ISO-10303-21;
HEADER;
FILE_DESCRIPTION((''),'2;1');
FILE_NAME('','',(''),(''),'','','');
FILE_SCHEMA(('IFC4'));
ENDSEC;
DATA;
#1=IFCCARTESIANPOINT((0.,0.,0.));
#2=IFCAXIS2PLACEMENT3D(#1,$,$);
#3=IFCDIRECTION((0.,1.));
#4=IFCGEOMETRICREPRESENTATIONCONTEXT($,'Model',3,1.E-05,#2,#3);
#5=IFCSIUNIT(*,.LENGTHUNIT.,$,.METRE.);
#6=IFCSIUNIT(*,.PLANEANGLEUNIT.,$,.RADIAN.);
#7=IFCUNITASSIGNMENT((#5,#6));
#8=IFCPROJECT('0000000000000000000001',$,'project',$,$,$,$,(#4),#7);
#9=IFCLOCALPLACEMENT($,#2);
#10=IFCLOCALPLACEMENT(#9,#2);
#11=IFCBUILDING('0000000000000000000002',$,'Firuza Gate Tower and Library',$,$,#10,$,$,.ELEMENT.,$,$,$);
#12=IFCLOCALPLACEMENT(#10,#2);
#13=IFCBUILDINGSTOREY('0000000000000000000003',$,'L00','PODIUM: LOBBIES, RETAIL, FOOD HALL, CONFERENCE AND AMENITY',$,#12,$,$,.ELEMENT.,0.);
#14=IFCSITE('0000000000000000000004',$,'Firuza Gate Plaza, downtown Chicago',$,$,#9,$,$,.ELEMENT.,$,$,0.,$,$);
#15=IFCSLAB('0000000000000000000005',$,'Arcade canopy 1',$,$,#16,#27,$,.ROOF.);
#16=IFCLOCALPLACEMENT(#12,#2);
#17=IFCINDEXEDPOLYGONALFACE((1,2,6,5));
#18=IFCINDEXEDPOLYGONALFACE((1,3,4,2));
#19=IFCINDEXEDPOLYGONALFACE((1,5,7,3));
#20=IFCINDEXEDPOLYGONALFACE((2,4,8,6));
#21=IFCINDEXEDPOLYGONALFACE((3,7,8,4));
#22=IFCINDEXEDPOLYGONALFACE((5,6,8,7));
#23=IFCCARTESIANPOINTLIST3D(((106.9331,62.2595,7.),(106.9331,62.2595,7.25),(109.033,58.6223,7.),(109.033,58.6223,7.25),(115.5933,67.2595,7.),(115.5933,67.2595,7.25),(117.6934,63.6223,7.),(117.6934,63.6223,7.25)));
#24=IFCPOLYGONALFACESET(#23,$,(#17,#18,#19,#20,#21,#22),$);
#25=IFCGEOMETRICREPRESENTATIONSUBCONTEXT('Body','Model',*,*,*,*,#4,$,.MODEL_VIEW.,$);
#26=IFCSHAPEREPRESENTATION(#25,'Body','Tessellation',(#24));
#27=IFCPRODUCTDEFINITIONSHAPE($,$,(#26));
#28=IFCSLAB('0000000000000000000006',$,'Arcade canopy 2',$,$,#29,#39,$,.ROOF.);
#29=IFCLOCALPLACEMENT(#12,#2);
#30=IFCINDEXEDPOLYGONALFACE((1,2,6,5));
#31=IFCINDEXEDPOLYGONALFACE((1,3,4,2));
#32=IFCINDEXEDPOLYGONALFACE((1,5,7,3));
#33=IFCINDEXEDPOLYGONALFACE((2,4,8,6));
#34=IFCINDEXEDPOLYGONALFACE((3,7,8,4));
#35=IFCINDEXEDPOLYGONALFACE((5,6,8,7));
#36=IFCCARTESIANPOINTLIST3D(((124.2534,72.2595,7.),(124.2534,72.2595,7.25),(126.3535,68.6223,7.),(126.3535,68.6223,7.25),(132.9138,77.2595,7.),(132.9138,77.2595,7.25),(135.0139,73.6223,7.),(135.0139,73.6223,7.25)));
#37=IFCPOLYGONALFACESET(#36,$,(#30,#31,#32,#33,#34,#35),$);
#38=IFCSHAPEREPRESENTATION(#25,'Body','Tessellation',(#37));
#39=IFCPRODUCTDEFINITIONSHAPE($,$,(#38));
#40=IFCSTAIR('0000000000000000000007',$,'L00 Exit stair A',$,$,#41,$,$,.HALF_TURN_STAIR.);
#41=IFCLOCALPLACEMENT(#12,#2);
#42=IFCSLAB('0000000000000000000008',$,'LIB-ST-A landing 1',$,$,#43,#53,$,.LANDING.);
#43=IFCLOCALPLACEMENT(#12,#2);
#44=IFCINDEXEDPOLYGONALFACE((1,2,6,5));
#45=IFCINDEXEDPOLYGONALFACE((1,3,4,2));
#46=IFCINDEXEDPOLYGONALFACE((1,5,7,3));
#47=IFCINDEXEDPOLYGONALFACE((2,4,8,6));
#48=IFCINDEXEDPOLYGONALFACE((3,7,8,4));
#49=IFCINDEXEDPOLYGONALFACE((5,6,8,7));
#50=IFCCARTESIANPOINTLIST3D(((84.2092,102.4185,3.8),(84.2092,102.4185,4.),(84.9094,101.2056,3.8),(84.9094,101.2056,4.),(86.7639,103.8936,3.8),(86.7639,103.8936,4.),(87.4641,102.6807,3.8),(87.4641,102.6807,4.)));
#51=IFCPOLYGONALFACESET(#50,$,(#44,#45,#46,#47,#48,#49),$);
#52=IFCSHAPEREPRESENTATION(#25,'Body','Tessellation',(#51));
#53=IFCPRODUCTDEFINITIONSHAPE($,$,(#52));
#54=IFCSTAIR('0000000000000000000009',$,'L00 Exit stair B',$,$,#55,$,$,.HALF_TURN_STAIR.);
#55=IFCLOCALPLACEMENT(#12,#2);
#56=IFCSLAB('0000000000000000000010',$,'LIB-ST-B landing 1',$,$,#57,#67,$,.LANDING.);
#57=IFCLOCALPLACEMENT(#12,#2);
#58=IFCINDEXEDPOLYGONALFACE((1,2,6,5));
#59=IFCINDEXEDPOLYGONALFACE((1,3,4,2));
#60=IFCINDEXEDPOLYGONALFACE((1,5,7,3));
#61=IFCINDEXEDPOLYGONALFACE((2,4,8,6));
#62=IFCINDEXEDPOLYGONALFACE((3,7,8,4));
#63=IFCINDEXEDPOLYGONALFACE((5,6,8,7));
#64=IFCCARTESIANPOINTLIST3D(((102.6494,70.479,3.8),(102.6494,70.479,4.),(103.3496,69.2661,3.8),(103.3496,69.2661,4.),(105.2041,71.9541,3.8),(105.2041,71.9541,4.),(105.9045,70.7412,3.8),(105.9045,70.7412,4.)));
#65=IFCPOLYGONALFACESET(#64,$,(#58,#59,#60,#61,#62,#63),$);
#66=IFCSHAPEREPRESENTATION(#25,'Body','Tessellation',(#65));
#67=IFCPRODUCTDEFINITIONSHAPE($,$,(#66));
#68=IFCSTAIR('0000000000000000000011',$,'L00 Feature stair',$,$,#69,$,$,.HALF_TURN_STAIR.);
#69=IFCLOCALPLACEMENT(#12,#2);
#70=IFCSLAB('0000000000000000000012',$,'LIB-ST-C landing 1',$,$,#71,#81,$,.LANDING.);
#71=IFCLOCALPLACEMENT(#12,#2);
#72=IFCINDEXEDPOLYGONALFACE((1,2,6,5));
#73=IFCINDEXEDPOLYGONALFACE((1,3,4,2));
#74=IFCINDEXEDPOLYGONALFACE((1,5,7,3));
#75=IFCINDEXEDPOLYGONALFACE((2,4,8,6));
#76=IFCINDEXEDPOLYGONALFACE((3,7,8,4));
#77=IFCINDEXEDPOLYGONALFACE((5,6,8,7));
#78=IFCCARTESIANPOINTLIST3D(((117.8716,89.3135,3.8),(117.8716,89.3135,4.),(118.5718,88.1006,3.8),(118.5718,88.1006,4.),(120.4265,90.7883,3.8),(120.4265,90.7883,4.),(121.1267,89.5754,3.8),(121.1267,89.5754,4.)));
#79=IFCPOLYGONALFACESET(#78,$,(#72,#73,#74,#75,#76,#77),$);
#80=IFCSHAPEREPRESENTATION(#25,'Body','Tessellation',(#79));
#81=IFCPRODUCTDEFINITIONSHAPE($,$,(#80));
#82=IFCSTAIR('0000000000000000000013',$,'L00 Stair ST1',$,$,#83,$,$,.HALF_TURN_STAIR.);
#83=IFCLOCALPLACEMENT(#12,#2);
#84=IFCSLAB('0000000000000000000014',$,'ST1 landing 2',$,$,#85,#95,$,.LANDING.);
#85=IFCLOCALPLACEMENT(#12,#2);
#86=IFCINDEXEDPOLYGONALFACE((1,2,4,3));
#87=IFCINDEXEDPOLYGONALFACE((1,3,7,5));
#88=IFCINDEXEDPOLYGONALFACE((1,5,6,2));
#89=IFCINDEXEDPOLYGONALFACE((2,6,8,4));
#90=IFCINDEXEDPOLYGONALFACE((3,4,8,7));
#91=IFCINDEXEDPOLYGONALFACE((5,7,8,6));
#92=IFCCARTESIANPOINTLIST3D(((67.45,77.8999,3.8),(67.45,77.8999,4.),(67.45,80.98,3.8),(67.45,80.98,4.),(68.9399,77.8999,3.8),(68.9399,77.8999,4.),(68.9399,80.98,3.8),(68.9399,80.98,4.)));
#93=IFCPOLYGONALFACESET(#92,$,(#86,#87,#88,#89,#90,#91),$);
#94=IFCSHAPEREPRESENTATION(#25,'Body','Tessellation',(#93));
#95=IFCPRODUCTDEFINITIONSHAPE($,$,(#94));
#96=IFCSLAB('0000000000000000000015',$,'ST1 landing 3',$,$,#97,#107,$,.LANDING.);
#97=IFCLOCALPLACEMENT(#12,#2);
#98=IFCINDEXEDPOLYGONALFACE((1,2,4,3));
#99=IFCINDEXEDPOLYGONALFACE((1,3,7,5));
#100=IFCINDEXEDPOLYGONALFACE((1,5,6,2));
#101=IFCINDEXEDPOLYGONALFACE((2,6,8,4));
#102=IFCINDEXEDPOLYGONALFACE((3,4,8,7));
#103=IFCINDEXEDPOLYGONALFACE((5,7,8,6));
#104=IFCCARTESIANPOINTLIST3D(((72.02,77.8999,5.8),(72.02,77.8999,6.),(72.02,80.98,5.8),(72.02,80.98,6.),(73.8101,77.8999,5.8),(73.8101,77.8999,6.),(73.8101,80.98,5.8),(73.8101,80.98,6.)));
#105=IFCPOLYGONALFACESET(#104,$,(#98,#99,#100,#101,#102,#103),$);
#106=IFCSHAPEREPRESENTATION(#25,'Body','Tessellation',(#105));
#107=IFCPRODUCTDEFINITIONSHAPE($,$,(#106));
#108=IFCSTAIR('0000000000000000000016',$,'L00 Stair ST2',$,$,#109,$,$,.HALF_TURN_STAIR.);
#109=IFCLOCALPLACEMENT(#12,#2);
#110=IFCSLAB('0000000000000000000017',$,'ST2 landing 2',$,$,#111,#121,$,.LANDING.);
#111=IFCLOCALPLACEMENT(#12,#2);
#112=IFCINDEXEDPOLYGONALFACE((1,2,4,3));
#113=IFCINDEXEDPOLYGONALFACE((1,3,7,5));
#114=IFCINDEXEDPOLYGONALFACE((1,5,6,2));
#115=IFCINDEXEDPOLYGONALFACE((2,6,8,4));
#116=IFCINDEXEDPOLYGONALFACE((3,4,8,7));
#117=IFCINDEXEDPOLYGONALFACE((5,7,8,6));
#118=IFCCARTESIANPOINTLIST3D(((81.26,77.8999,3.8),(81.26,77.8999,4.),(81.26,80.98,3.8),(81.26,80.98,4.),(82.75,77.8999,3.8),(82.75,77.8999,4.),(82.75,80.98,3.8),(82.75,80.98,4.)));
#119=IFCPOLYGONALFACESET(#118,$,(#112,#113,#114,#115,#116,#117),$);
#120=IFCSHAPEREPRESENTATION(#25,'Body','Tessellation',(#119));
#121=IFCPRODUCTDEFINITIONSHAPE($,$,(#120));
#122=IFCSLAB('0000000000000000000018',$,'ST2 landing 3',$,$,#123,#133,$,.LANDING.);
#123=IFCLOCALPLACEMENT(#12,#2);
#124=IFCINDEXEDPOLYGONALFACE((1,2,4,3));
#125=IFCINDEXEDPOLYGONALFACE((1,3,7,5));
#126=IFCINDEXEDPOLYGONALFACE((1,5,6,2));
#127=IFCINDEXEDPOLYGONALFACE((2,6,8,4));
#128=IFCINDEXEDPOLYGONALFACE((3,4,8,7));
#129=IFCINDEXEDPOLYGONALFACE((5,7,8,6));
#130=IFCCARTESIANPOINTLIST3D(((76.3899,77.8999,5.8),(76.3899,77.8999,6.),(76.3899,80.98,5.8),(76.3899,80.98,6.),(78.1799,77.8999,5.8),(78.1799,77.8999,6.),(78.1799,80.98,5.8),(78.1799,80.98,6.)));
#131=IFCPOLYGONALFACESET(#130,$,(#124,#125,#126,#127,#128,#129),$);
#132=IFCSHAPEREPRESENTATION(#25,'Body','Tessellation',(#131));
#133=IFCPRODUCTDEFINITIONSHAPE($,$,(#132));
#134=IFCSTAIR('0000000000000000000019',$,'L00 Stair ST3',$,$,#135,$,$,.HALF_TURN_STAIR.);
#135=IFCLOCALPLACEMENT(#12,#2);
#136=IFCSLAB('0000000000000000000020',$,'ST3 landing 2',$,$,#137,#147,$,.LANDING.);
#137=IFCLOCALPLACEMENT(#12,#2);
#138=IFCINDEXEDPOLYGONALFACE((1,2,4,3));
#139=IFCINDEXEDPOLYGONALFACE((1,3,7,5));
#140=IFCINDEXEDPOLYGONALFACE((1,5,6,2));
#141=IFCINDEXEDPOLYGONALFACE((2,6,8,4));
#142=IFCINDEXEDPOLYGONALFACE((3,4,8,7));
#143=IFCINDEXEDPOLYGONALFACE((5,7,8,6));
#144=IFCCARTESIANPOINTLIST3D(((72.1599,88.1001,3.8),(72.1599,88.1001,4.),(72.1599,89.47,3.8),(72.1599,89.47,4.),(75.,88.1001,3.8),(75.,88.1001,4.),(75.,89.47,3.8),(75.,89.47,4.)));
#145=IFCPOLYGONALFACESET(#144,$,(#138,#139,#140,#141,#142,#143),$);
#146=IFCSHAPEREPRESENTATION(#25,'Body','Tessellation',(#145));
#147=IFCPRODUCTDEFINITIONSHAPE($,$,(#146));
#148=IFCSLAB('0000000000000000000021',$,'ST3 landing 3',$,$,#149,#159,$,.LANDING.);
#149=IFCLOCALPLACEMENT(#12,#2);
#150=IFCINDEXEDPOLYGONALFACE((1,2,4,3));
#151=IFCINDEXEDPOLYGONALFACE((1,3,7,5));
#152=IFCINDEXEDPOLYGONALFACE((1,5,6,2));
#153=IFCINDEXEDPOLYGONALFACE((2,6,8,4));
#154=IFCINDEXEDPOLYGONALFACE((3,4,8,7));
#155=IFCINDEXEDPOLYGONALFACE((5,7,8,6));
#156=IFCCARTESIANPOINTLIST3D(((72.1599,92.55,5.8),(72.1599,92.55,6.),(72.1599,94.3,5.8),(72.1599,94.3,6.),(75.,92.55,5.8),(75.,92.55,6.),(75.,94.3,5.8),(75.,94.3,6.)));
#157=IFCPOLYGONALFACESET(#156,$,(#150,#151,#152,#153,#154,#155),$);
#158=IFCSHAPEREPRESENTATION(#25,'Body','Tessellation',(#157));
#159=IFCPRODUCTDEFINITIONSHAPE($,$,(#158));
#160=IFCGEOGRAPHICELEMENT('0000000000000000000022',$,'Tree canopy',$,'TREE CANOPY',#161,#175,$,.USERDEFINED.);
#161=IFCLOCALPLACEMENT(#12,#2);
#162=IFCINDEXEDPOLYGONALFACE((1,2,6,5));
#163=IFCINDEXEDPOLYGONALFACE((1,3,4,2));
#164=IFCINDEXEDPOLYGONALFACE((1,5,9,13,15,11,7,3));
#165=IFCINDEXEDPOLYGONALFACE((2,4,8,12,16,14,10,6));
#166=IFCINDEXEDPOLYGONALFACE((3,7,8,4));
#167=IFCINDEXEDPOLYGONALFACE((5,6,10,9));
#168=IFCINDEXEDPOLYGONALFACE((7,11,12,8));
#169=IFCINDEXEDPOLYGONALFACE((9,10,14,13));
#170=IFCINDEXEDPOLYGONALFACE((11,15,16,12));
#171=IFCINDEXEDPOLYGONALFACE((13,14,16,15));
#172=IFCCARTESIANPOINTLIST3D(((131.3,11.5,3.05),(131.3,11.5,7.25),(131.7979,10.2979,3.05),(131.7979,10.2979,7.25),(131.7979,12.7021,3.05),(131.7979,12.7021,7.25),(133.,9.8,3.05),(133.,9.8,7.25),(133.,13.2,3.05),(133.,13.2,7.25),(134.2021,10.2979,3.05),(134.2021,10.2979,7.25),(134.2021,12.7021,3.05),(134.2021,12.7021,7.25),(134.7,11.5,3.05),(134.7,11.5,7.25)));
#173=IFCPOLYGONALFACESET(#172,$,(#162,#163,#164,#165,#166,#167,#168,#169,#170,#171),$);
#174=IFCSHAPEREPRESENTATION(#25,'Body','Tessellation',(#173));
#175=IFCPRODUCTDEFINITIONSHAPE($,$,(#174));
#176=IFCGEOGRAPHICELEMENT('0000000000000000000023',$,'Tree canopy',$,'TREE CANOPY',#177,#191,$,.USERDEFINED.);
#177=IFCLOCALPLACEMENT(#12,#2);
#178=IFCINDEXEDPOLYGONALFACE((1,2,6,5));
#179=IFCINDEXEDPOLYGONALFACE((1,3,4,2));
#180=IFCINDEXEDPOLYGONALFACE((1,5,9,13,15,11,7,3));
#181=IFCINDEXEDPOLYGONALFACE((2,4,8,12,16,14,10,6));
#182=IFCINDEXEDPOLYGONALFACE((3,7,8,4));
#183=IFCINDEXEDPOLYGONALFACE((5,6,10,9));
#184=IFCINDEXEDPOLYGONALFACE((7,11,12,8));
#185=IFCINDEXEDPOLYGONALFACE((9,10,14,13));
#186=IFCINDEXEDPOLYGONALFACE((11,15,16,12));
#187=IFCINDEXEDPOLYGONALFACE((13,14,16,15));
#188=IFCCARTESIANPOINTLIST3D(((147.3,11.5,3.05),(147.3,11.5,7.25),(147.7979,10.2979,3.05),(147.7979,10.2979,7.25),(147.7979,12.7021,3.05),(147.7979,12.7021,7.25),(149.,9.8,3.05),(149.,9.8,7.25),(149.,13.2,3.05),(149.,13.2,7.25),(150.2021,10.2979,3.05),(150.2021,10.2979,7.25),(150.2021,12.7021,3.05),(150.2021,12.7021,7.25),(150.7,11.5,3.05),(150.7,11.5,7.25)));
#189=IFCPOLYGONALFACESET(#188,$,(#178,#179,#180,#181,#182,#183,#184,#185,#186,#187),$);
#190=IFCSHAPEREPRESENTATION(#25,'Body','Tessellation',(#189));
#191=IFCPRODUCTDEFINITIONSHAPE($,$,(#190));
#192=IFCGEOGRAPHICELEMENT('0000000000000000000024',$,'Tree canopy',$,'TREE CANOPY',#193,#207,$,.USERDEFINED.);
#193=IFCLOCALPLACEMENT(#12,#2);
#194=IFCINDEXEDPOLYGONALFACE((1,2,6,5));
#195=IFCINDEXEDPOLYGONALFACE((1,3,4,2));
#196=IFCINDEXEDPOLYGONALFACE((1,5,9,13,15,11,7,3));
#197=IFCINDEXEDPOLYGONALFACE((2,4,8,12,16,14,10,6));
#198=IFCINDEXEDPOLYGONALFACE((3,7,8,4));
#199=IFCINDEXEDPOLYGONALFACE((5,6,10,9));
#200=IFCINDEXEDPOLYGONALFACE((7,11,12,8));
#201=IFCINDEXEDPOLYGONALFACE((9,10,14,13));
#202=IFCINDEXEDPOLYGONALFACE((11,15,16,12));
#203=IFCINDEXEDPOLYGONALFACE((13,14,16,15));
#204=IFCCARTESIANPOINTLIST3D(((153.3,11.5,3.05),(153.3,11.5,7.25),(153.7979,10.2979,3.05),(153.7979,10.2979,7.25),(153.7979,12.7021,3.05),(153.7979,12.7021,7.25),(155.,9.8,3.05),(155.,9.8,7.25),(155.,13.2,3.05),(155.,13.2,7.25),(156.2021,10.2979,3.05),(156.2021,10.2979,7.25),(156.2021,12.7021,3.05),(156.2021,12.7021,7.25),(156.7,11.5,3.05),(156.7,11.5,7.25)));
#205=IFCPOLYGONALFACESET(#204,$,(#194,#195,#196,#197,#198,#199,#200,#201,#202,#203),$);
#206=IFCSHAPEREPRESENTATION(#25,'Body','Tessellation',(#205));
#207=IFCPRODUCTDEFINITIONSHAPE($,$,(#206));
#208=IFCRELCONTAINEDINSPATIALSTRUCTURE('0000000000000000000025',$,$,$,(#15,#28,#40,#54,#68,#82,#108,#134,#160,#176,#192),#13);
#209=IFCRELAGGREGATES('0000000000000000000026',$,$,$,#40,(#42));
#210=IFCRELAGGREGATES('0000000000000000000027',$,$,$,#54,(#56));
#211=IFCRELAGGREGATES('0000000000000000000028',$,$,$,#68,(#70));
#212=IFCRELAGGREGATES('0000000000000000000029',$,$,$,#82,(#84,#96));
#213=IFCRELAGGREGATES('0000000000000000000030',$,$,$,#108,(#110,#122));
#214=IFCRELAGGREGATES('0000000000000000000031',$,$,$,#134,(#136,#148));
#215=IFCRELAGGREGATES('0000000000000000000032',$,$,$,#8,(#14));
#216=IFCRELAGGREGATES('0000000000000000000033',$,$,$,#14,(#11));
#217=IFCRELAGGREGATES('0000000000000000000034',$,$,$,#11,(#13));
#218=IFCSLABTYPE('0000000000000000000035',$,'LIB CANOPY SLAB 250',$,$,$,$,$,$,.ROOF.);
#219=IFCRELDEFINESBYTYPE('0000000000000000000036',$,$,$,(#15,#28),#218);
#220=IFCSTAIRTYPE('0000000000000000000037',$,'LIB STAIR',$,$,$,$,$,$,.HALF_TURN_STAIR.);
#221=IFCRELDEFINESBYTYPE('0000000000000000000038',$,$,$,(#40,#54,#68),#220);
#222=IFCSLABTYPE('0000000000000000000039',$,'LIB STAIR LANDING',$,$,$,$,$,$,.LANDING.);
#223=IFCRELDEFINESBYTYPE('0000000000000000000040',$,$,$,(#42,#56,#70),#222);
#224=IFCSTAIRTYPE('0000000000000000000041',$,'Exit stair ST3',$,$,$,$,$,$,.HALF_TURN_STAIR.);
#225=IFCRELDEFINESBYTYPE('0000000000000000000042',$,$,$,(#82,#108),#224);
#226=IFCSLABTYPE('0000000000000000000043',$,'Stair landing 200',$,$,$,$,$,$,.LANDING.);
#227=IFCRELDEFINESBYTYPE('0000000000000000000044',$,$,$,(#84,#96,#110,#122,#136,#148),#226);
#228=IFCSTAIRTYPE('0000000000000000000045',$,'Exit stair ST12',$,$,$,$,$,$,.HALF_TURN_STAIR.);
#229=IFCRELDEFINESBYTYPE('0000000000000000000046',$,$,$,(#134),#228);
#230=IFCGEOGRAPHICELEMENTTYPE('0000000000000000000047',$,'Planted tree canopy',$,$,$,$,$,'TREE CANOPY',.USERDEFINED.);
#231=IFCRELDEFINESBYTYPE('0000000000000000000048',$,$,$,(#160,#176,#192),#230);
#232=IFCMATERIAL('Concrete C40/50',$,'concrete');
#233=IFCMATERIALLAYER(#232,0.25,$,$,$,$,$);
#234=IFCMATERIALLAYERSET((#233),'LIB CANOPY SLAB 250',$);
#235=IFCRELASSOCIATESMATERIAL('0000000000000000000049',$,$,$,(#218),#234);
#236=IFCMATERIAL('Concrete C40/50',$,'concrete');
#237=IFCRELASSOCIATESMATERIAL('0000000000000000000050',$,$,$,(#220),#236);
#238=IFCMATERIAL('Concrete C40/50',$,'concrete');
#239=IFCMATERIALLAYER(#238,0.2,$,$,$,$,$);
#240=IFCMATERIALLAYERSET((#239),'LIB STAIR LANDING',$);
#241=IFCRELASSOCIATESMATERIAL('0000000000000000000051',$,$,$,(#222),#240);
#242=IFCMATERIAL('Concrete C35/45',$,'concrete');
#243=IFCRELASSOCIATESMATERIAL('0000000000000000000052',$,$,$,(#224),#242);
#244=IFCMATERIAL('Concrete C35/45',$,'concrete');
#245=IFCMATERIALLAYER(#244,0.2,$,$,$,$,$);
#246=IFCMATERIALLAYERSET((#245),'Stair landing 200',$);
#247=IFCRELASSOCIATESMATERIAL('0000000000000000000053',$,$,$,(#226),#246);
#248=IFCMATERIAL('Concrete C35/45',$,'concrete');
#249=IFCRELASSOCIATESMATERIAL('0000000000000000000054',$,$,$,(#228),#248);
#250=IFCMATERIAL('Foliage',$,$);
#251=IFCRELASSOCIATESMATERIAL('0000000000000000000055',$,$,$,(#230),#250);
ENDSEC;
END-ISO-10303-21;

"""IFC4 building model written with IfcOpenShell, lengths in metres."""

from ifc_helpers import new_model, si_unit, direction, frame, origin, place, context, subcontext, project, spatial, polyline, outline, extrude, material, layer, layer_set, type_object, element, aggregate, save


model = new_model("IFC4")

# Units and contexts
model_context = context("Model", 3, precision=1e-05, world=origin(), true_north=direction((0.0, 1.0)))
body_context = subcontext(model_context, "Body", "Model", "MODEL_VIEW")
ifc_project = project(units=[si_unit("LENGTHUNIT", "METRE"), si_unit("PLANEANGLEUNIT", "RADIAN")], contexts=[model_context])

# Site, building, storey
site_placement = place(None, origin())
site = spatial("IfcSite", under=ifc_project, at=site_placement, Name="Firuza Gate Plaza, downtown Chicago", CompositionType="ELEMENT", RefElevation=0.0)
building_placement = place(site_placement, origin())
building = spatial("IfcBuilding", under=site, at=building_placement, Name="Firuza Gate Tower and Library", CompositionType="ELEMENT")
storey_placement = place(building_placement, origin())
storey = spatial("IfcBuildingStorey", under=building, at=storey_placement, Name="L00", Description="PODIUM: LOBBIES, RETAIL, FOOD HALL, CONFERENCE AND AMENITY", CompositionType="ELEMENT", Elevation=0.0)

# Slabs
ifc_material_1 = material(Name="Concrete C40/50", Category="concrete")
ifc_layer_1 = layer(ifc_material_1, 0.25)
ifc_layer_set_1 = layer_set([ifc_layer_1], Name="LIB CANOPY SLAB 250")
slab_type_1 = type_object("IfcSlabType", Name="LIB CANOPY SLAB 250", PredefinedType="ROOF", material=ifc_layer_set_1)
placement_1 = place(storey_placement, frame((0.0, 0.0, 7.0)))
element("IfcSlab", 1, at=placement_1, inside=storey, type_object=slab_type_1, Name="Arcade canopy 1", PredefinedType="ROOF", context=body_context, shape_type="SweptSolid", body=[
    extrude(outline(polyline([(117.6934, 63.6223), (115.5933, 67.2595), (106.9331, 62.2595), (109.033, 58.6223), (117.6934, 63.6223)])), origin(), (0.0, 0.0, 1.0), 0.25),
])
element("IfcSlab", 2, at=placement_1, inside=storey, type_object=slab_type_1, Name="Arcade canopy 2", PredefinedType="ROOF", context=body_context, shape_type="SweptSolid", body=[
    extrude(outline(polyline([(135.0139, 73.6223), (132.9138, 77.2595), (124.2534, 72.2595), (126.3535, 68.6223), (135.0139, 73.6223)])), origin(), (0.0, 0.0, 1.0), 0.25),
])

# Stairs, slabs
ifc_material_2 = material(Name="Concrete C40/50", Category="concrete")
stair_type_1 = type_object("IfcStairType", Name="LIB STAIR", PredefinedType="HALF_TURN_STAIR", material=ifc_material_2)
placement_2 = place(storey_placement, origin())
stair_1 = element("IfcStair", 3, at=placement_2, inside=storey, type_object=stair_type_1, Name="L00 Exit stair A", PredefinedType="HALF_TURN_STAIR")
ifc_material_3 = material(Name="Concrete C40/50", Category="concrete")
ifc_layer_2 = layer(ifc_material_3, 0.2)
ifc_layer_set_2 = layer_set([ifc_layer_2], Name="LIB STAIR LANDING")
slab_type_2 = type_object("IfcSlabType", Name="LIB STAIR LANDING", PredefinedType="LANDING", material=ifc_layer_set_2)
placement_3 = place(storey_placement, frame((0.0, 0.0, 3.8)))
slab_1 = element("IfcSlab", 4, at=placement_3, type_object=slab_type_2, Name="LIB-ST-A landing 1", PredefinedType="LANDING", context=body_context, shape_type="SweptSolid", body=[
    extrude(outline(polyline([(84.2092, 102.4185), (84.9094, 101.2056), (87.4641, 102.6807), (86.7639, 103.8936), (84.2092, 102.4185)])), origin(), (0.0, 0.0, 1.0), 0.2),
])
aggregate(stair_1, [slab_1])
stair_2 = element("IfcStair", 5, at=placement_2, inside=storey, type_object=stair_type_1, Name="L00 Exit stair B", PredefinedType="HALF_TURN_STAIR")
slab_2 = element("IfcSlab", 6, at=placement_3, type_object=slab_type_2, Name="LIB-ST-B landing 1", PredefinedType="LANDING", context=body_context, shape_type="SweptSolid", body=[
    extrude(outline(polyline([(105.9045, 70.7412), (105.2041, 71.9541), (102.6494, 70.479), (103.3496, 69.2661), (105.9045, 70.7412)])), origin(), (0.0, 0.0, 1.0), 0.2),
])
aggregate(stair_2, [slab_2])
stair_3 = element("IfcStair", 7, at=placement_2, inside=storey, type_object=stair_type_1, Name="L00 Feature stair", PredefinedType="HALF_TURN_STAIR")
slab_3 = element("IfcSlab", 8, at=placement_3, type_object=slab_type_2, Name="LIB-ST-C landing 1", PredefinedType="LANDING", context=body_context, shape_type="SweptSolid", body=[
    extrude(outline(polyline([(121.1267, 89.5754), (120.4265, 90.7883), (117.8716, 89.3135), (118.5718, 88.1006), (121.1267, 89.5754)])), origin(), (0.0, 0.0, 1.0), 0.2),
])
aggregate(stair_3, [slab_3])

# Stairs, slabs
ifc_material_4 = material(Name="Concrete C35/45", Category="concrete")
stair_type_2 = type_object("IfcStairType", Name="Exit stair ST3", PredefinedType="HALF_TURN_STAIR", material=ifc_material_4)
stair_4 = element("IfcStair", 9, at=placement_2, inside=storey, type_object=stair_type_2, Name="L00 Stair ST1", PredefinedType="HALF_TURN_STAIR")
ifc_material_5 = material(Name="Concrete C35/45", Category="concrete")
ifc_layer_3 = layer(ifc_material_5, 0.2)
ifc_layer_set_3 = layer_set([ifc_layer_3], Name="Stair landing 200")
slab_type_3 = type_object("IfcSlabType", Name="Stair landing 200", PredefinedType="LANDING", material=ifc_layer_set_3)
slab_4 = element("IfcSlab", 10, at=placement_3, type_object=slab_type_3, Name="ST1 landing 2", PredefinedType="LANDING", context=body_context, shape_type="SweptSolid", body=[
    extrude(outline(polyline([(67.45, 77.8999), (68.9399, 77.8999), (68.9399, 80.98), (67.45, 80.98), (67.45, 77.8999)])), origin(), (0.0, 0.0, 1.0), 0.2),
])
placement_4 = place(storey_placement, frame((0.0, 0.0, 5.8)))
slab_5 = element("IfcSlab", 11, at=placement_4, type_object=slab_type_3, Name="ST1 landing 3", PredefinedType="LANDING", context=body_context, shape_type="SweptSolid", body=[
    extrude(outline(polyline([(72.02, 77.8999), (73.8101, 77.8999), (73.8101, 80.98), (72.02, 80.98), (72.02, 77.8999)])), origin(), (0.0, 0.0, 1.0), 0.2),
])
aggregate(stair_4, [slab_4, slab_5])
stair_5 = element("IfcStair", 12, at=placement_2, inside=storey, type_object=stair_type_2, Name="L00 Stair ST2", PredefinedType="HALF_TURN_STAIR")
slab_6 = element("IfcSlab", 13, at=placement_3, type_object=slab_type_3, Name="ST2 landing 2", PredefinedType="LANDING", context=body_context, shape_type="SweptSolid", body=[
    extrude(outline(polyline([(82.75, 80.98), (81.26, 80.98), (81.26, 77.8999), (82.75, 77.8999), (82.75, 80.98)])), origin(), (0.0, 0.0, 1.0), 0.2),
])
slab_7 = element("IfcSlab", 14, at=placement_4, type_object=slab_type_3, Name="ST2 landing 3", PredefinedType="LANDING", context=body_context, shape_type="SweptSolid", body=[
    extrude(outline(polyline([(78.1799, 80.98), (76.3899, 80.98), (76.3899, 77.8999), (78.1799, 77.8999), (78.1799, 80.98)])), origin(), (0.0, 0.0, 1.0), 0.2),
])
aggregate(stair_5, [slab_6, slab_7])
ifc_material_6 = material(Name="Concrete C35/45", Category="concrete")
stair_type_3 = type_object("IfcStairType", Name="Exit stair ST12", PredefinedType="HALF_TURN_STAIR", material=ifc_material_6)
stair_6 = element("IfcStair", 15, at=placement_2, inside=storey, type_object=stair_type_3, Name="L00 Stair ST3", PredefinedType="HALF_TURN_STAIR")
slab_8 = element("IfcSlab", 16, at=placement_3, type_object=slab_type_3, Name="ST3 landing 2", PredefinedType="LANDING", context=body_context, shape_type="SweptSolid", body=[
    extrude(outline(polyline([(75.0, 88.1001), (75.0, 89.47), (72.1599, 89.47), (72.1599, 88.1001), (75.0, 88.1001)])), origin(), (0.0, 0.0, 1.0), 0.2),
])
slab_9 = element("IfcSlab", 17, at=placement_4, type_object=slab_type_3, Name="ST3 landing 3", PredefinedType="LANDING", context=body_context, shape_type="SweptSolid", body=[
    extrude(outline(polyline([(75.0, 92.55), (75.0, 94.3), (72.1599, 94.3), (72.1599, 92.55), (75.0, 92.55)])), origin(), (0.0, 0.0, 1.0), 0.2),
])
aggregate(stair_6, [slab_8, slab_9])

# Geographic elements
ifc_material_7 = material(Name="Foliage")
geographic_element_type = type_object("IfcGeographicElementType", Name="Planted tree canopy", ElementType="TREE CANOPY", PredefinedType="USERDEFINED", material=ifc_material_7)
placement_5 = place(storey_placement, frame((0.0, 0.0, 3.05)))
element("IfcGeographicElement", 18, at=placement_5, inside=storey, type_object=geographic_element_type, Name="Tree canopy", ObjectType="TREE CANOPY", PredefinedType="USERDEFINED", context=body_context, shape_type="SweptSolid", body=[
    extrude(outline(polyline([(134.7, 11.5), (134.2021, 12.7021), (133.0, 13.2), (131.7979, 12.7021), (131.3, 11.5), (131.7979, 10.2979), (133.0, 9.8), (134.2021, 10.2979), (134.7, 11.5)])), origin(), (0.0, 0.0, 1.0), 4.2),
])
element("IfcGeographicElement", 19, at=placement_5, inside=storey, type_object=geographic_element_type, Name="Tree canopy", ObjectType="TREE CANOPY", PredefinedType="USERDEFINED", context=body_context, shape_type="SweptSolid", body=[
    extrude(outline(polyline([(150.7, 11.5), (150.2021, 12.7021), (149.0, 13.2), (147.7979, 12.7021), (147.3, 11.5), (147.7979, 10.2979), (149.0, 9.8), (150.2021, 10.2979), (150.7, 11.5)])), origin(), (0.0, 0.0, 1.0), 4.2),
])
element("IfcGeographicElement", 20, at=placement_5, inside=storey, type_object=geographic_element_type, Name="Tree canopy", ObjectType="TREE CANOPY", PredefinedType="USERDEFINED", context=body_context, shape_type="SweptSolid", body=[
    extrude(outline(polyline([(156.7, 11.5), (156.2021, 12.7021), (155.0, 13.2), (153.7979, 12.7021), (153.3, 11.5), (153.7979, 10.2979), (155.0, 9.8), (156.2021, 10.2979), (156.7, 11.5)])), origin(), (0.0, 0.0, 1.0), 4.2),
])

save(model, "model.ifc")
